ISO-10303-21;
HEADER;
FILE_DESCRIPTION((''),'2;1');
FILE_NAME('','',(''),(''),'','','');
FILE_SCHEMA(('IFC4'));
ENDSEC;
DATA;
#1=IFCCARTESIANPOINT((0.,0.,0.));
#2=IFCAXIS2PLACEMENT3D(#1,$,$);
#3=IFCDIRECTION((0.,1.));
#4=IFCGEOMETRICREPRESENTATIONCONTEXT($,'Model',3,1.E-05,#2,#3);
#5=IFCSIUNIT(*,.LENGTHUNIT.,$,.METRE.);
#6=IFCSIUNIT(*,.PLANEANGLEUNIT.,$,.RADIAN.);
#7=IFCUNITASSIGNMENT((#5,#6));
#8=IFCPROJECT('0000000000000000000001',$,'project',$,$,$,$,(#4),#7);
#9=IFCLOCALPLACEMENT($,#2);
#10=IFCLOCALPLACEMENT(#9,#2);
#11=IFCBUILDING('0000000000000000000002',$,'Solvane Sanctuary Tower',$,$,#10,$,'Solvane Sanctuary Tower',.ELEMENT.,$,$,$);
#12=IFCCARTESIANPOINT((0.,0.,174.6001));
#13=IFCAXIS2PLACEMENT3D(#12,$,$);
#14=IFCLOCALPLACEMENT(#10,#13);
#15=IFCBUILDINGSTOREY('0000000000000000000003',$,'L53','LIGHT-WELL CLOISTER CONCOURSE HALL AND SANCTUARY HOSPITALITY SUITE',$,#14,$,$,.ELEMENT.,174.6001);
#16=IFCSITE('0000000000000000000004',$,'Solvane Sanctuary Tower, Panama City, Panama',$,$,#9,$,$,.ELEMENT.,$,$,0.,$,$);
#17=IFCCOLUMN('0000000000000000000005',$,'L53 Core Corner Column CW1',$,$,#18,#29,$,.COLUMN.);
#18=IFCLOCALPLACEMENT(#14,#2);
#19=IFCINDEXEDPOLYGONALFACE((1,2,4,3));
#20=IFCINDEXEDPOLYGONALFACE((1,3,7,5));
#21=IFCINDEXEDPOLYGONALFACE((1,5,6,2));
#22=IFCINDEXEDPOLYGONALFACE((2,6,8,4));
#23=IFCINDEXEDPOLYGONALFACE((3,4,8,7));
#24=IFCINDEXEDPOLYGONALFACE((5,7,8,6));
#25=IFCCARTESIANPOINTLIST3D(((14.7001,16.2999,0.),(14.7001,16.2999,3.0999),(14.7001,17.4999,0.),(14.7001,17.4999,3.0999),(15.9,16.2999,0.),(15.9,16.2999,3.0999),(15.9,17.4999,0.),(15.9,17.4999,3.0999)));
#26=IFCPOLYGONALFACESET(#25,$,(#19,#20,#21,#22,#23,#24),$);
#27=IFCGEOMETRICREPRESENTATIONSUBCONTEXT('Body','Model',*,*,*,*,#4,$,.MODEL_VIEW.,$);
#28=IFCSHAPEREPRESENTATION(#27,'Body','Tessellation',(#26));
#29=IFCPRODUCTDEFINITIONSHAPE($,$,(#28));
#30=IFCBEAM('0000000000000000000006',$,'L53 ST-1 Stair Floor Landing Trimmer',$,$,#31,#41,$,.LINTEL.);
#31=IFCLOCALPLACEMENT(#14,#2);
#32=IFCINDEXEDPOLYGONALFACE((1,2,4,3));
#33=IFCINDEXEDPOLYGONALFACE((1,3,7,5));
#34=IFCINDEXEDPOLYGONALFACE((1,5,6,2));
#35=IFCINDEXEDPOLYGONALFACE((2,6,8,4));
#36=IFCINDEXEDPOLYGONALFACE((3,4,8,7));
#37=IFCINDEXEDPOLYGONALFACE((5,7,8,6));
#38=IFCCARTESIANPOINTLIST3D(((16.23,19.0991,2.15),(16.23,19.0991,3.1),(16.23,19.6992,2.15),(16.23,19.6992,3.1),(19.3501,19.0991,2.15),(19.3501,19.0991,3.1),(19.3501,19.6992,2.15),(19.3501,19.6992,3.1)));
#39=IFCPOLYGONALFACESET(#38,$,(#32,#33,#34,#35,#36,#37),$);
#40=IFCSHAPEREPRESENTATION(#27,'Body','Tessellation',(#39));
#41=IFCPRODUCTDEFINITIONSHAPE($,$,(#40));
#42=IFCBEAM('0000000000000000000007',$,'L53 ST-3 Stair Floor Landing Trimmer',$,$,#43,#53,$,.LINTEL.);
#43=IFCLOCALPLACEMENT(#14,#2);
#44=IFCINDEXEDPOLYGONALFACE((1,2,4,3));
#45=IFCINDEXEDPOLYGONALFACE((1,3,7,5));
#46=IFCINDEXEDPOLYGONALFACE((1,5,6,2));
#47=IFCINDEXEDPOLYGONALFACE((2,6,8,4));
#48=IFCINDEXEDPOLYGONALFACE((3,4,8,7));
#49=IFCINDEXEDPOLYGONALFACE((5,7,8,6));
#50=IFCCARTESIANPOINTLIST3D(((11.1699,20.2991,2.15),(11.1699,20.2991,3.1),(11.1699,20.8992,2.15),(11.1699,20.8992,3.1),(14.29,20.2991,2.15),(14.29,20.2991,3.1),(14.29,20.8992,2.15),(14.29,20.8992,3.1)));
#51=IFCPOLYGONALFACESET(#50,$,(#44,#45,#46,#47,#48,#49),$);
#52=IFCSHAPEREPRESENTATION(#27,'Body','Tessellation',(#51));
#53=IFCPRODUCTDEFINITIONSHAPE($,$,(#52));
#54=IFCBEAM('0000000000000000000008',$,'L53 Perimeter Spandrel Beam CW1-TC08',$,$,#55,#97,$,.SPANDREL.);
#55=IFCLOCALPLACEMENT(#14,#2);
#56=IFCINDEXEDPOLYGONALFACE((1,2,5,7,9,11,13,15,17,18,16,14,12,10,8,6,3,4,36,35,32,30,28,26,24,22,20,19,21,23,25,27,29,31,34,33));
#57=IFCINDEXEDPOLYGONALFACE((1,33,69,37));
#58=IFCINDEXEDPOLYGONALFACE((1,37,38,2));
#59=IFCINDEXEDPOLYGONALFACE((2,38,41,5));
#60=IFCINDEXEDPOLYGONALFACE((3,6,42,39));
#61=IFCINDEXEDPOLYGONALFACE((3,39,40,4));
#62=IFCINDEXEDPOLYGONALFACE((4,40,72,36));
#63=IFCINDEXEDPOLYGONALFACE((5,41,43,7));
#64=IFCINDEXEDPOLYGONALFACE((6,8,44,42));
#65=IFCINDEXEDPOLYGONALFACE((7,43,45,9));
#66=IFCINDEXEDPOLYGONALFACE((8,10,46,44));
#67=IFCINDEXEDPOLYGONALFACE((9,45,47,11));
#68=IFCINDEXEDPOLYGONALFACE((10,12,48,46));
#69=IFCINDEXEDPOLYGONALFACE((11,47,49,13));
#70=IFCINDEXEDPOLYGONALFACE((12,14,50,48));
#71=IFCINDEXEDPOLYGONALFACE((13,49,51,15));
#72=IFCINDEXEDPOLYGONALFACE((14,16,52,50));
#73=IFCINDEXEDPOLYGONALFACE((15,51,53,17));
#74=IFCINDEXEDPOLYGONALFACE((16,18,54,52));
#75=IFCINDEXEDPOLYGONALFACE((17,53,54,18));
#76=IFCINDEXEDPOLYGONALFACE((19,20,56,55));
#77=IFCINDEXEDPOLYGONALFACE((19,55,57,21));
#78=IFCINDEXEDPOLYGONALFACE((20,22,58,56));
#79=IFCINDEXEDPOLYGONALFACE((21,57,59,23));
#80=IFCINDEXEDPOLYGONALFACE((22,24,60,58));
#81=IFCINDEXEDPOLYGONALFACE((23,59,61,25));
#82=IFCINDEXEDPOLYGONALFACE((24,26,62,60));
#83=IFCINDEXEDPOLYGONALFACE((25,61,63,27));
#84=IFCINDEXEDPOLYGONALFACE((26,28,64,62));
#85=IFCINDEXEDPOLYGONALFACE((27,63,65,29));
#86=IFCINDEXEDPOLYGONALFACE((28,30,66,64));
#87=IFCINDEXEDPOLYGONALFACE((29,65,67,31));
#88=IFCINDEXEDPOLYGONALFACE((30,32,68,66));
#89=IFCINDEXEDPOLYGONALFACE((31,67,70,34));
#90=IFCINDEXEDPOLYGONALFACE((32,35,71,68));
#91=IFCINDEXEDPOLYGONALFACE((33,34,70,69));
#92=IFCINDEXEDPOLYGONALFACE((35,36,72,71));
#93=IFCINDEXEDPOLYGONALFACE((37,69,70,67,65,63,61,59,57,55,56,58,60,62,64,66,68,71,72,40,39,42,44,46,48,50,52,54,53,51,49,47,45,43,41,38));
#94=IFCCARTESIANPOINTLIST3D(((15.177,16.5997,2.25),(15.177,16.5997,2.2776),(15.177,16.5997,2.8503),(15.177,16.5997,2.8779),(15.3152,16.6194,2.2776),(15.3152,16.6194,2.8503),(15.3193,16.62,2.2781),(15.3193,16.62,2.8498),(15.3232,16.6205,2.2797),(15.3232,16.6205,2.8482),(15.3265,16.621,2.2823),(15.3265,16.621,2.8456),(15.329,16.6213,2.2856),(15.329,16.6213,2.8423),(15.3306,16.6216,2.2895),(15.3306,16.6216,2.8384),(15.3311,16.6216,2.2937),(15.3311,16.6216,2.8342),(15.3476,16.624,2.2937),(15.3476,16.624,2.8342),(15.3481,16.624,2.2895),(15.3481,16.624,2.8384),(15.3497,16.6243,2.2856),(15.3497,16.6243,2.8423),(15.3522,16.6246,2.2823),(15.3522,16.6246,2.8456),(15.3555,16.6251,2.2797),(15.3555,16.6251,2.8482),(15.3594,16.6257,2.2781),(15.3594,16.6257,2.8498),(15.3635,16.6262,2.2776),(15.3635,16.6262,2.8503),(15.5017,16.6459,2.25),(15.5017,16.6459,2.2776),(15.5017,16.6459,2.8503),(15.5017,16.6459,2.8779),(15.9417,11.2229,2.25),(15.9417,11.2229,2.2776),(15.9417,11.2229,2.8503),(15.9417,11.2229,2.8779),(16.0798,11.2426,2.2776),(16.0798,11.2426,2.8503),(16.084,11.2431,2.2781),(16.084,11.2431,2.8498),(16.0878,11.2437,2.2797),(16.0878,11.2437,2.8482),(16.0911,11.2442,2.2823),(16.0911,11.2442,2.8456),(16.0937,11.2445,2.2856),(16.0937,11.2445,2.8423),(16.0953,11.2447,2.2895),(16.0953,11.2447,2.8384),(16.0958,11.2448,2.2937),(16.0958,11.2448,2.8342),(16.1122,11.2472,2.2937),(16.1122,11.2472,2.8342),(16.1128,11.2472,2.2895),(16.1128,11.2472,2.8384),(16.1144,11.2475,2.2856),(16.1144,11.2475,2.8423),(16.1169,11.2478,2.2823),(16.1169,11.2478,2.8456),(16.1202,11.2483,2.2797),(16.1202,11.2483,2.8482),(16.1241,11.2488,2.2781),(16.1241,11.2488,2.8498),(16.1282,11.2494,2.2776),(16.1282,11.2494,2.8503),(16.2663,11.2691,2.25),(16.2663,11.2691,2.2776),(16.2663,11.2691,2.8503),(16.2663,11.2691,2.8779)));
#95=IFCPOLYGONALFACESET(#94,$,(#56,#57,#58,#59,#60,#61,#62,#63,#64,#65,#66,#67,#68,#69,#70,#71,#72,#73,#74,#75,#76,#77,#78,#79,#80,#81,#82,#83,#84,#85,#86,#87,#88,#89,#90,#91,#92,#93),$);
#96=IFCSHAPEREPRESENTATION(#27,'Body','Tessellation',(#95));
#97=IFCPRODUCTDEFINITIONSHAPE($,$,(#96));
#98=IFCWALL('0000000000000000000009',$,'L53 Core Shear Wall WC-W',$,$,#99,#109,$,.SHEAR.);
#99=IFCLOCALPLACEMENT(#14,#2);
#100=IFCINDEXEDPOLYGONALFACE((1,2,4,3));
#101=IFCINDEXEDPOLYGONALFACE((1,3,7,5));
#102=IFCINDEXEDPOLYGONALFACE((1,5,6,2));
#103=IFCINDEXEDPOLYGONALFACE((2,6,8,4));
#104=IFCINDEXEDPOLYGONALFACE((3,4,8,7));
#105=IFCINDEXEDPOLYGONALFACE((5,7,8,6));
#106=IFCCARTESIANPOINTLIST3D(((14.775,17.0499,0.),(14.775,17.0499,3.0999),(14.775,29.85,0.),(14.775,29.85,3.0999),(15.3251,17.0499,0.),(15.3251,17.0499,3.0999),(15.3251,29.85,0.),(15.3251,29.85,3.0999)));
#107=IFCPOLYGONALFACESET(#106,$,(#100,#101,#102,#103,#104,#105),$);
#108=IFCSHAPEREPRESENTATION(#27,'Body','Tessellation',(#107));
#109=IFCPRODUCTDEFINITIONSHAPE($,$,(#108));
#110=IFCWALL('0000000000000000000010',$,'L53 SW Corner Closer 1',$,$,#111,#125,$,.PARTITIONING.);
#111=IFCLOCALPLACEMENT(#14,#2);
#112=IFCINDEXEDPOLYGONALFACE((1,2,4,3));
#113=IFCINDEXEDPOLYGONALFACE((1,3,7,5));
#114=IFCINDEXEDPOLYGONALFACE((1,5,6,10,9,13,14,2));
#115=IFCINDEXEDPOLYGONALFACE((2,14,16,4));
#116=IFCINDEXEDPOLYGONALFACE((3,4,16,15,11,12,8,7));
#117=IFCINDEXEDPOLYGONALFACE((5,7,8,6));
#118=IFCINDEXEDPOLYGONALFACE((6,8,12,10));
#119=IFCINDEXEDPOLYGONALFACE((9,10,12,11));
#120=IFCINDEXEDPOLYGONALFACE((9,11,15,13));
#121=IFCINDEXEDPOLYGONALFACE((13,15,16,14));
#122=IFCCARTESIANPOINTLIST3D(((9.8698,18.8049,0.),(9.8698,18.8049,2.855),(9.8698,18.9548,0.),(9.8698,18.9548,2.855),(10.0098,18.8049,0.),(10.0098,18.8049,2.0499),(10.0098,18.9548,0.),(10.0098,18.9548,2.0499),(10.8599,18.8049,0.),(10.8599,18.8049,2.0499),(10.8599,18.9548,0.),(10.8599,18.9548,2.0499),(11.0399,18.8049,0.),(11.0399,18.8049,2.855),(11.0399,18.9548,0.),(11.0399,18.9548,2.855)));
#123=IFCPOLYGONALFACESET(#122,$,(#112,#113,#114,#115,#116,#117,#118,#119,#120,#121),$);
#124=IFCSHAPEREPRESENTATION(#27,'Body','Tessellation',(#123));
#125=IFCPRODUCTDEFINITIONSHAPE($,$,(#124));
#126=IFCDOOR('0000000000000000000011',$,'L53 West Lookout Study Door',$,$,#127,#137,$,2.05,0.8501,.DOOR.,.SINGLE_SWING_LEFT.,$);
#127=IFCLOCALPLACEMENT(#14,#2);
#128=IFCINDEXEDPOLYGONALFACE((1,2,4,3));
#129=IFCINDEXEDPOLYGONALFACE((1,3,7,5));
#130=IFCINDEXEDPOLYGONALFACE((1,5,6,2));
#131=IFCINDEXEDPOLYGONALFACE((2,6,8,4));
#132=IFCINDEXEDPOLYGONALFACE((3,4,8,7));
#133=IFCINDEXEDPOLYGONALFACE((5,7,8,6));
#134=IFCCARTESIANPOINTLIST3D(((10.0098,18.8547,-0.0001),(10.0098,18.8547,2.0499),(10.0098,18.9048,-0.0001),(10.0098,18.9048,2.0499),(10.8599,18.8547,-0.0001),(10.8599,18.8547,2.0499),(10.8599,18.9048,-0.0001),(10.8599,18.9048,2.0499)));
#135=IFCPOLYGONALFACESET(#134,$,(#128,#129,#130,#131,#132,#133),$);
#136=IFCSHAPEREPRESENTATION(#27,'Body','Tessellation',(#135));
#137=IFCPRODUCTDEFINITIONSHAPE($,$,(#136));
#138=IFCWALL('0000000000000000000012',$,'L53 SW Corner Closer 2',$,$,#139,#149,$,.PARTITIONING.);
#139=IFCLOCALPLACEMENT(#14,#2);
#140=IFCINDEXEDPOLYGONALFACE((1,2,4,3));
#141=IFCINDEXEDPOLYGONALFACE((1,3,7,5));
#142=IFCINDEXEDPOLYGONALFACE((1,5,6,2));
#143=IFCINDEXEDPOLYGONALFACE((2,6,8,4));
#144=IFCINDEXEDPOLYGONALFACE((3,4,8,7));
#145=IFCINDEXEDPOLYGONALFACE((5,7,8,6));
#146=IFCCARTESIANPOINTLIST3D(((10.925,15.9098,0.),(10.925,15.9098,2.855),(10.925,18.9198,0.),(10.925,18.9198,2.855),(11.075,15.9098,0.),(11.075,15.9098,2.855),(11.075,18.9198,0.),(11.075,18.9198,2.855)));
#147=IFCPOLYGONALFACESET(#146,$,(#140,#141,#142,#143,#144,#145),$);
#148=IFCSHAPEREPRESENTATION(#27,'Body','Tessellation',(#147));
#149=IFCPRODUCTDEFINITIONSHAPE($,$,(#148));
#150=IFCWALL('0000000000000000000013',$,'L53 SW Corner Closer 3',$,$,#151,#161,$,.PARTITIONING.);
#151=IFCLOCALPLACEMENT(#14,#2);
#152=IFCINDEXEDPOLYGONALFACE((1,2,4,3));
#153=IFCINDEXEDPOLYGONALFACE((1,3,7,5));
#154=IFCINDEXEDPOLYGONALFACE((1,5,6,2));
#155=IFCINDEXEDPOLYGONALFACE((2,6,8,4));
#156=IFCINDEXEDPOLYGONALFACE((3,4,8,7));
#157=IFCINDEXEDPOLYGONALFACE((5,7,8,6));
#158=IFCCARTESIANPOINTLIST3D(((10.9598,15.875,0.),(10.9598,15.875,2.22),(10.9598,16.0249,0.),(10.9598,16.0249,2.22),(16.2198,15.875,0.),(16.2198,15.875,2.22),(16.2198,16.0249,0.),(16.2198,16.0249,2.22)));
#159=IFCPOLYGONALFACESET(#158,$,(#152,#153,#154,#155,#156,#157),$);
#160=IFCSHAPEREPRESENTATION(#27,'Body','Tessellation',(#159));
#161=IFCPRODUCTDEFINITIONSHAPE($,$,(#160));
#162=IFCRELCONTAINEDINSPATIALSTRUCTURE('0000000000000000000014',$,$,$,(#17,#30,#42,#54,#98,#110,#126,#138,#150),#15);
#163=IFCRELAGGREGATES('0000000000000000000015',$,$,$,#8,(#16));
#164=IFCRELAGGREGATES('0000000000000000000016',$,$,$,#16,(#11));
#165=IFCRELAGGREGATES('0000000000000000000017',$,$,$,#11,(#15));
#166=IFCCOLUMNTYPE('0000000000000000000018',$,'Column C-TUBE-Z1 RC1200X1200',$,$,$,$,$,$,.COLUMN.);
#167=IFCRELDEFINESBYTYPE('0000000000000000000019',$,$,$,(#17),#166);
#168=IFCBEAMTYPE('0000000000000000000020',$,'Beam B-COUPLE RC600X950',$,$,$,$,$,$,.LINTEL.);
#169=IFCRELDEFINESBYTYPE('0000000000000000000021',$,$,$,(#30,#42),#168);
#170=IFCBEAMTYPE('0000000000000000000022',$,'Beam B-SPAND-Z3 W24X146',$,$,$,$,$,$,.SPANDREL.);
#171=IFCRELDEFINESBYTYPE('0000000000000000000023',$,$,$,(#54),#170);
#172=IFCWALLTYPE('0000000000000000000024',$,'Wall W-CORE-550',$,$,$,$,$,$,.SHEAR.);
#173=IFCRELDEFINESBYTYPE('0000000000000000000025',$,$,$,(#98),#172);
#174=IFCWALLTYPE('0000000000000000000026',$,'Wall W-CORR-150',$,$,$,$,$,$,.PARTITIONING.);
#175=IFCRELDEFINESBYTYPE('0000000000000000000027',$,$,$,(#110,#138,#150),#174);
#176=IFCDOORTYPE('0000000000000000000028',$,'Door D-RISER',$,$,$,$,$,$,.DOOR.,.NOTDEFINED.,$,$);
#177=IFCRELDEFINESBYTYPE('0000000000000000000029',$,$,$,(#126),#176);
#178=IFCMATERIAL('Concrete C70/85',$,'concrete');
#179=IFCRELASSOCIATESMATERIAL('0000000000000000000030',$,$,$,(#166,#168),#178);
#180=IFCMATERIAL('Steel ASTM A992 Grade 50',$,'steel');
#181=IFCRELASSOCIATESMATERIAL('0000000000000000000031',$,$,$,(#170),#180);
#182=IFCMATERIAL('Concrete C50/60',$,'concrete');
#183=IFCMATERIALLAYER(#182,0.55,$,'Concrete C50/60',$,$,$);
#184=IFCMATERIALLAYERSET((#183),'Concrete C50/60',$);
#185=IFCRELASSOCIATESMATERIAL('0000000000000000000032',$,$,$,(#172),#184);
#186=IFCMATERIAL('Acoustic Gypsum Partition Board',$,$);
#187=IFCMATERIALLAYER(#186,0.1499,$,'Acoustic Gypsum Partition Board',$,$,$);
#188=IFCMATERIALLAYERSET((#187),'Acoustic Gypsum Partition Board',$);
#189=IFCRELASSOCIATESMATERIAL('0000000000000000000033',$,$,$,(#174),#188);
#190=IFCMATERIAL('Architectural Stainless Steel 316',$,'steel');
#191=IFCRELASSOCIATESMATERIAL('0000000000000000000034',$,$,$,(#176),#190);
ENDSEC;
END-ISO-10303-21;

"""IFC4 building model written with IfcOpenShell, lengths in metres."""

from ifc_helpers import new_model, si_unit, direction, frame, frame_2d, origin, origin_2d, place, context, subcontext, project, spatial, rectangle, i_section, extrude, material, layer, layer_set, material_profile, profile_set, type_object, element, fill, save


model = new_model("IFC4")

# Units and contexts
model_context = context("Model", 3, precision=1e-05, world=origin(), true_north=direction((0.0, 1.0)))
body_context = subcontext(model_context, "Body", "Model", "MODEL_VIEW")
ifc_project = project(units=[si_unit("LENGTHUNIT", "METRE"), si_unit("PLANEANGLEUNIT", "RADIAN")], contexts=[model_context])

# Site, building, storey
site_placement = place(None, origin())
site = spatial("IfcSite", under=ifc_project, at=site_placement, Name="Solvane Sanctuary Tower, Panama City, Panama", CompositionType="ELEMENT", RefElevation=0.0)
building_placement = place(site_placement, origin())
building = spatial("IfcBuilding", under=site, at=building_placement, Name="Solvane Sanctuary Tower", LongName="Solvane Sanctuary Tower", CompositionType="ELEMENT")
storey_placement = place(building_placement, frame((0.0, 0.0, 174.6001)))
storey = spatial("IfcBuildingStorey", under=building, at=storey_placement, Name="L53", Description="LIGHT-WELL CLOISTER CONCOURSE HALL AND SANCTUARY HOSPITALITY SUITE", CompositionType="ELEMENT", Elevation=174.6001)

# Column
ifc_material_1 = material(Name="Concrete C70/85", Category="concrete")
ifc_material_profile_1 = material_profile(ifc_material_1, rectangle(XDim=1.2, YDim=1.2, at=origin_2d()), Name="RC1200X1200")
ifc_profile_set_1 = profile_set([ifc_material_profile_1], Name="Concrete C70/85")
column_type = type_object("IfcColumnType", Name="Column C-TUBE-Z1 RC1200X1200", PredefinedType="COLUMN", material=ifc_profile_set_1)
column_placement = place(storey_placement, frame((15.3, 16.8999, 0.0), z_axis=(0.0, 0.0, 1.0), x_axis=(1.0, 0.0, 0.0)))
element("IfcColumn", 1, at=column_placement, inside=storey, type_object=column_type, Name="L53 Core Corner Column CW1", PredefinedType="COLUMN", context=body_context, shape_type="SweptSolid", body=[
    extrude(rectangle(XDim=1.2, YDim=1.2, at=origin_2d()), origin(), (0.0, 0.0, 1.0), 3.0999),
])

# Beams
ifc_material_profile_2 = material_profile(ifc_material_1, rectangle(XDim=0.6001, YDim=0.95, at=origin_2d()), Name="RC600X950")
ifc_profile_set_2 = profile_set([ifc_material_profile_2], Name="Concrete C70/85")
beam_type_1 = type_object("IfcBeamType", Name="Beam B-COUPLE RC600X950", PredefinedType="LINTEL", material=ifc_profile_set_2)
for number, where, z_axis, x_axis, name in (
    (2, (16.23, 19.3992, 2.625), (1.0, 0.0, 0.0), (0.0, 1.0, 0.0), "L53 ST-1 Stair Floor Landing Trimmer"),
    (3, (11.1699, 20.5991, 2.625), (1.0, 0.0, 0.0), (0.0, 1.0, 0.0), "L53 ST-3 Stair Floor Landing Trimmer"),
):
    element("IfcBeam", number, at=place(storey_placement, frame(where, z_axis=z_axis, x_axis=x_axis)), inside=storey, type_object=beam_type_1, Name=name, PredefinedType="LINTEL", context=body_context, shape_type="SweptSolid", body=[
        extrude(rectangle(XDim=0.6001, YDim=0.95, at=origin_2d()), origin(), (0.0, 0.0, 1.0), 3.1201),
    ])
ifc_material_2 = material(Name="Steel ASTM A992 Grade 50", Category="steel")
ifc_material_profile_3 = material_profile(ifc_material_2, i_section(OverallWidth=0.3279, OverallDepth=0.6279, WebThickness=0.0166, FlangeThickness=0.0276, FilletRadius=0.0161, at=origin_2d()), Name="W24X146")
ifc_profile_set_3 = profile_set([ifc_material_profile_3], Name="Steel ASTM A992 Grade 50")
beam_type_2 = type_object("IfcBeamType", Name="Beam B-SPAND-Z3 W24X146", PredefinedType="SPANDREL", material=ifc_profile_set_3)
beam_placement = place(storey_placement, frame((15.3394, 16.6228, 2.564), z_axis=(0.140798, -0.990038, 0.0), x_axis=(0.990038, 0.140798, 0.0)))
element("IfcBeam", 4, at=beam_placement, inside=storey, type_object=beam_type_2, Name="L53 Perimeter Spandrel Beam CW1-TC08", PredefinedType="SPANDREL", context=body_context, shape_type="SweptSolid", body=[
    extrude(i_section(OverallWidth=0.3279, OverallDepth=0.6279, WebThickness=0.0166, FlangeThickness=0.0276, FilletRadius=0.0161, at=origin_2d()), origin(), (0.0, 0.0, 1.0), 5.4309),
])

# Wall
ifc_material_3 = material(Name="Concrete C50/60", Category="concrete")
ifc_layer_1 = layer(ifc_material_3, 0.55, Name="Concrete C50/60")
ifc_layer_set_1 = layer_set([ifc_layer_1], Name="Concrete C50/60")
wall_type_1 = type_object("IfcWallType", Name="Wall W-CORE-550", PredefinedType="SHEAR", material=ifc_layer_set_1)
wall_1_placement = place(storey_placement, frame((15.05, 17.05, 0.0), z_axis=(0.0, 0.0, 1.0), x_axis=(0.0, 1.0, 0.0)))
element("IfcWall", 5, at=wall_1_placement, inside=storey, type_object=wall_type_1, Name="L53 Core Shear Wall WC-W", PredefinedType="SHEAR", context=body_context, shape_type="SweptSolid", body=[
    extrude(rectangle(XDim=12.8, YDim=0.55, at=frame_2d((6.3999, 0.0))), origin(), (0.0, 0.0, 1.0), 3.0999),
])

# Wall, opening, door
ifc_material_4 = material(Name="Acoustic Gypsum Partition Board")
ifc_layer_2 = layer(ifc_material_4, 0.1499, Name="Acoustic Gypsum Partition Board")
ifc_layer_set_2 = layer_set([ifc_layer_2], Name="Acoustic Gypsum Partition Board")
wall_type_2 = type_object("IfcWallType", Name="Wall W-CORR-150", PredefinedType="PARTITIONING", material=ifc_layer_set_2)
wall_2_placement = place(storey_placement, frame((9.8699, 18.8799, 0.0), z_axis=(0.0, 0.0, 1.0), x_axis=(1.0, 0.0, 0.0)))
wall_2 = element("IfcWall", 6, at=wall_2_placement, inside=storey, type_object=wall_type_2, Name="L53 SW Corner Closer 1", PredefinedType="PARTITIONING", context=body_context, shape_type="SweptSolid", body=[
    extrude(rectangle(XDim=1.1702, YDim=0.1499, at=frame_2d((0.585, 0.0))), origin(), (0.0, 0.0, 1.0), 2.855),
])
opening_1_placement = place(wall_2_placement, frame((0.1399, 0.0, 0.0)))
opening_1 = element("IfcOpeningElement", 7, at=opening_1_placement, cuts=wall_2, PredefinedType="OPENING", context=body_context, shape_type="SweptSolid", body=[
    extrude(rectangle(XDim=0.8501, YDim=2.05, at=frame_2d((0.425, 1.0249))), frame((0.0, 0.085, 0.0), z_axis=(0.0, -1.0, 0.0), x_axis=(1.0, 0.0, 0.0)), (0.0, 0.0, 1.0), 0.1699),
])
ifc_material_5 = material(Name="Architectural Stainless Steel 316", Category="steel")
door_type_1 = type_object("IfcDoorType", Name="Door D-RISER", OperationType="NOTDEFINED", PredefinedType="DOOR", material=ifc_material_5)
door_1_placement = place(opening_1_placement, origin())
door_1 = element("IfcDoor", 8, at=door_1_placement, inside=storey, type_object=door_type_1, Name="L53 West Lookout Study Door", OperationType="SINGLE_SWING_LEFT", OverallHeight=2.05, OverallWidth=0.8501, PredefinedType="DOOR", context=body_context, shape_type="SweptSolid", body=[
    extrude(rectangle(XDim=0.8501, YDim=2.05, at=frame_2d((0.425, 1.0249))), frame((0.0, 0.0249, 0.0), z_axis=(0.0, -1.0, 0.0), x_axis=(1.0, 0.0, 0.0)), (0.0, 0.0, 1.0), 0.05),
])
fill(opening_1, door_1)

# Walls
wall_3_placement = place(storey_placement, frame((11.0, 15.9099, 0.0), z_axis=(0.0, 0.0, 1.0), x_axis=(0.0, 1.0, 0.0)))
element("IfcWall", 9, at=wall_3_placement, inside=storey, type_object=wall_type_2, Name="L53 SW Corner Closer 2", PredefinedType="PARTITIONING", context=body_context, shape_type="SweptSolid", body=[
    extrude(rectangle(XDim=3.01, YDim=0.1499, at=frame_2d((1.5049, 0.0))), origin(), (0.0, 0.0, 1.0), 2.855),
])
wall_4_placement = place(storey_placement, frame((10.96, 15.95, 0.0), z_axis=(0.0, 0.0, 1.0), x_axis=(1.0, 0.0, 0.0)))
element("IfcWall", 10, at=wall_4_placement, inside=storey, type_object=wall_type_2, Name="L53 SW Corner Closer 3", PredefinedType="PARTITIONING", context=body_context, shape_type="SweptSolid", body=[
    extrude(rectangle(XDim=5.26, YDim=0.1499, at=frame_2d((2.6299, 0.0))), origin(), (0.0, 0.0, 1.0), 2.22),
])

save(model, "model.ifc")
